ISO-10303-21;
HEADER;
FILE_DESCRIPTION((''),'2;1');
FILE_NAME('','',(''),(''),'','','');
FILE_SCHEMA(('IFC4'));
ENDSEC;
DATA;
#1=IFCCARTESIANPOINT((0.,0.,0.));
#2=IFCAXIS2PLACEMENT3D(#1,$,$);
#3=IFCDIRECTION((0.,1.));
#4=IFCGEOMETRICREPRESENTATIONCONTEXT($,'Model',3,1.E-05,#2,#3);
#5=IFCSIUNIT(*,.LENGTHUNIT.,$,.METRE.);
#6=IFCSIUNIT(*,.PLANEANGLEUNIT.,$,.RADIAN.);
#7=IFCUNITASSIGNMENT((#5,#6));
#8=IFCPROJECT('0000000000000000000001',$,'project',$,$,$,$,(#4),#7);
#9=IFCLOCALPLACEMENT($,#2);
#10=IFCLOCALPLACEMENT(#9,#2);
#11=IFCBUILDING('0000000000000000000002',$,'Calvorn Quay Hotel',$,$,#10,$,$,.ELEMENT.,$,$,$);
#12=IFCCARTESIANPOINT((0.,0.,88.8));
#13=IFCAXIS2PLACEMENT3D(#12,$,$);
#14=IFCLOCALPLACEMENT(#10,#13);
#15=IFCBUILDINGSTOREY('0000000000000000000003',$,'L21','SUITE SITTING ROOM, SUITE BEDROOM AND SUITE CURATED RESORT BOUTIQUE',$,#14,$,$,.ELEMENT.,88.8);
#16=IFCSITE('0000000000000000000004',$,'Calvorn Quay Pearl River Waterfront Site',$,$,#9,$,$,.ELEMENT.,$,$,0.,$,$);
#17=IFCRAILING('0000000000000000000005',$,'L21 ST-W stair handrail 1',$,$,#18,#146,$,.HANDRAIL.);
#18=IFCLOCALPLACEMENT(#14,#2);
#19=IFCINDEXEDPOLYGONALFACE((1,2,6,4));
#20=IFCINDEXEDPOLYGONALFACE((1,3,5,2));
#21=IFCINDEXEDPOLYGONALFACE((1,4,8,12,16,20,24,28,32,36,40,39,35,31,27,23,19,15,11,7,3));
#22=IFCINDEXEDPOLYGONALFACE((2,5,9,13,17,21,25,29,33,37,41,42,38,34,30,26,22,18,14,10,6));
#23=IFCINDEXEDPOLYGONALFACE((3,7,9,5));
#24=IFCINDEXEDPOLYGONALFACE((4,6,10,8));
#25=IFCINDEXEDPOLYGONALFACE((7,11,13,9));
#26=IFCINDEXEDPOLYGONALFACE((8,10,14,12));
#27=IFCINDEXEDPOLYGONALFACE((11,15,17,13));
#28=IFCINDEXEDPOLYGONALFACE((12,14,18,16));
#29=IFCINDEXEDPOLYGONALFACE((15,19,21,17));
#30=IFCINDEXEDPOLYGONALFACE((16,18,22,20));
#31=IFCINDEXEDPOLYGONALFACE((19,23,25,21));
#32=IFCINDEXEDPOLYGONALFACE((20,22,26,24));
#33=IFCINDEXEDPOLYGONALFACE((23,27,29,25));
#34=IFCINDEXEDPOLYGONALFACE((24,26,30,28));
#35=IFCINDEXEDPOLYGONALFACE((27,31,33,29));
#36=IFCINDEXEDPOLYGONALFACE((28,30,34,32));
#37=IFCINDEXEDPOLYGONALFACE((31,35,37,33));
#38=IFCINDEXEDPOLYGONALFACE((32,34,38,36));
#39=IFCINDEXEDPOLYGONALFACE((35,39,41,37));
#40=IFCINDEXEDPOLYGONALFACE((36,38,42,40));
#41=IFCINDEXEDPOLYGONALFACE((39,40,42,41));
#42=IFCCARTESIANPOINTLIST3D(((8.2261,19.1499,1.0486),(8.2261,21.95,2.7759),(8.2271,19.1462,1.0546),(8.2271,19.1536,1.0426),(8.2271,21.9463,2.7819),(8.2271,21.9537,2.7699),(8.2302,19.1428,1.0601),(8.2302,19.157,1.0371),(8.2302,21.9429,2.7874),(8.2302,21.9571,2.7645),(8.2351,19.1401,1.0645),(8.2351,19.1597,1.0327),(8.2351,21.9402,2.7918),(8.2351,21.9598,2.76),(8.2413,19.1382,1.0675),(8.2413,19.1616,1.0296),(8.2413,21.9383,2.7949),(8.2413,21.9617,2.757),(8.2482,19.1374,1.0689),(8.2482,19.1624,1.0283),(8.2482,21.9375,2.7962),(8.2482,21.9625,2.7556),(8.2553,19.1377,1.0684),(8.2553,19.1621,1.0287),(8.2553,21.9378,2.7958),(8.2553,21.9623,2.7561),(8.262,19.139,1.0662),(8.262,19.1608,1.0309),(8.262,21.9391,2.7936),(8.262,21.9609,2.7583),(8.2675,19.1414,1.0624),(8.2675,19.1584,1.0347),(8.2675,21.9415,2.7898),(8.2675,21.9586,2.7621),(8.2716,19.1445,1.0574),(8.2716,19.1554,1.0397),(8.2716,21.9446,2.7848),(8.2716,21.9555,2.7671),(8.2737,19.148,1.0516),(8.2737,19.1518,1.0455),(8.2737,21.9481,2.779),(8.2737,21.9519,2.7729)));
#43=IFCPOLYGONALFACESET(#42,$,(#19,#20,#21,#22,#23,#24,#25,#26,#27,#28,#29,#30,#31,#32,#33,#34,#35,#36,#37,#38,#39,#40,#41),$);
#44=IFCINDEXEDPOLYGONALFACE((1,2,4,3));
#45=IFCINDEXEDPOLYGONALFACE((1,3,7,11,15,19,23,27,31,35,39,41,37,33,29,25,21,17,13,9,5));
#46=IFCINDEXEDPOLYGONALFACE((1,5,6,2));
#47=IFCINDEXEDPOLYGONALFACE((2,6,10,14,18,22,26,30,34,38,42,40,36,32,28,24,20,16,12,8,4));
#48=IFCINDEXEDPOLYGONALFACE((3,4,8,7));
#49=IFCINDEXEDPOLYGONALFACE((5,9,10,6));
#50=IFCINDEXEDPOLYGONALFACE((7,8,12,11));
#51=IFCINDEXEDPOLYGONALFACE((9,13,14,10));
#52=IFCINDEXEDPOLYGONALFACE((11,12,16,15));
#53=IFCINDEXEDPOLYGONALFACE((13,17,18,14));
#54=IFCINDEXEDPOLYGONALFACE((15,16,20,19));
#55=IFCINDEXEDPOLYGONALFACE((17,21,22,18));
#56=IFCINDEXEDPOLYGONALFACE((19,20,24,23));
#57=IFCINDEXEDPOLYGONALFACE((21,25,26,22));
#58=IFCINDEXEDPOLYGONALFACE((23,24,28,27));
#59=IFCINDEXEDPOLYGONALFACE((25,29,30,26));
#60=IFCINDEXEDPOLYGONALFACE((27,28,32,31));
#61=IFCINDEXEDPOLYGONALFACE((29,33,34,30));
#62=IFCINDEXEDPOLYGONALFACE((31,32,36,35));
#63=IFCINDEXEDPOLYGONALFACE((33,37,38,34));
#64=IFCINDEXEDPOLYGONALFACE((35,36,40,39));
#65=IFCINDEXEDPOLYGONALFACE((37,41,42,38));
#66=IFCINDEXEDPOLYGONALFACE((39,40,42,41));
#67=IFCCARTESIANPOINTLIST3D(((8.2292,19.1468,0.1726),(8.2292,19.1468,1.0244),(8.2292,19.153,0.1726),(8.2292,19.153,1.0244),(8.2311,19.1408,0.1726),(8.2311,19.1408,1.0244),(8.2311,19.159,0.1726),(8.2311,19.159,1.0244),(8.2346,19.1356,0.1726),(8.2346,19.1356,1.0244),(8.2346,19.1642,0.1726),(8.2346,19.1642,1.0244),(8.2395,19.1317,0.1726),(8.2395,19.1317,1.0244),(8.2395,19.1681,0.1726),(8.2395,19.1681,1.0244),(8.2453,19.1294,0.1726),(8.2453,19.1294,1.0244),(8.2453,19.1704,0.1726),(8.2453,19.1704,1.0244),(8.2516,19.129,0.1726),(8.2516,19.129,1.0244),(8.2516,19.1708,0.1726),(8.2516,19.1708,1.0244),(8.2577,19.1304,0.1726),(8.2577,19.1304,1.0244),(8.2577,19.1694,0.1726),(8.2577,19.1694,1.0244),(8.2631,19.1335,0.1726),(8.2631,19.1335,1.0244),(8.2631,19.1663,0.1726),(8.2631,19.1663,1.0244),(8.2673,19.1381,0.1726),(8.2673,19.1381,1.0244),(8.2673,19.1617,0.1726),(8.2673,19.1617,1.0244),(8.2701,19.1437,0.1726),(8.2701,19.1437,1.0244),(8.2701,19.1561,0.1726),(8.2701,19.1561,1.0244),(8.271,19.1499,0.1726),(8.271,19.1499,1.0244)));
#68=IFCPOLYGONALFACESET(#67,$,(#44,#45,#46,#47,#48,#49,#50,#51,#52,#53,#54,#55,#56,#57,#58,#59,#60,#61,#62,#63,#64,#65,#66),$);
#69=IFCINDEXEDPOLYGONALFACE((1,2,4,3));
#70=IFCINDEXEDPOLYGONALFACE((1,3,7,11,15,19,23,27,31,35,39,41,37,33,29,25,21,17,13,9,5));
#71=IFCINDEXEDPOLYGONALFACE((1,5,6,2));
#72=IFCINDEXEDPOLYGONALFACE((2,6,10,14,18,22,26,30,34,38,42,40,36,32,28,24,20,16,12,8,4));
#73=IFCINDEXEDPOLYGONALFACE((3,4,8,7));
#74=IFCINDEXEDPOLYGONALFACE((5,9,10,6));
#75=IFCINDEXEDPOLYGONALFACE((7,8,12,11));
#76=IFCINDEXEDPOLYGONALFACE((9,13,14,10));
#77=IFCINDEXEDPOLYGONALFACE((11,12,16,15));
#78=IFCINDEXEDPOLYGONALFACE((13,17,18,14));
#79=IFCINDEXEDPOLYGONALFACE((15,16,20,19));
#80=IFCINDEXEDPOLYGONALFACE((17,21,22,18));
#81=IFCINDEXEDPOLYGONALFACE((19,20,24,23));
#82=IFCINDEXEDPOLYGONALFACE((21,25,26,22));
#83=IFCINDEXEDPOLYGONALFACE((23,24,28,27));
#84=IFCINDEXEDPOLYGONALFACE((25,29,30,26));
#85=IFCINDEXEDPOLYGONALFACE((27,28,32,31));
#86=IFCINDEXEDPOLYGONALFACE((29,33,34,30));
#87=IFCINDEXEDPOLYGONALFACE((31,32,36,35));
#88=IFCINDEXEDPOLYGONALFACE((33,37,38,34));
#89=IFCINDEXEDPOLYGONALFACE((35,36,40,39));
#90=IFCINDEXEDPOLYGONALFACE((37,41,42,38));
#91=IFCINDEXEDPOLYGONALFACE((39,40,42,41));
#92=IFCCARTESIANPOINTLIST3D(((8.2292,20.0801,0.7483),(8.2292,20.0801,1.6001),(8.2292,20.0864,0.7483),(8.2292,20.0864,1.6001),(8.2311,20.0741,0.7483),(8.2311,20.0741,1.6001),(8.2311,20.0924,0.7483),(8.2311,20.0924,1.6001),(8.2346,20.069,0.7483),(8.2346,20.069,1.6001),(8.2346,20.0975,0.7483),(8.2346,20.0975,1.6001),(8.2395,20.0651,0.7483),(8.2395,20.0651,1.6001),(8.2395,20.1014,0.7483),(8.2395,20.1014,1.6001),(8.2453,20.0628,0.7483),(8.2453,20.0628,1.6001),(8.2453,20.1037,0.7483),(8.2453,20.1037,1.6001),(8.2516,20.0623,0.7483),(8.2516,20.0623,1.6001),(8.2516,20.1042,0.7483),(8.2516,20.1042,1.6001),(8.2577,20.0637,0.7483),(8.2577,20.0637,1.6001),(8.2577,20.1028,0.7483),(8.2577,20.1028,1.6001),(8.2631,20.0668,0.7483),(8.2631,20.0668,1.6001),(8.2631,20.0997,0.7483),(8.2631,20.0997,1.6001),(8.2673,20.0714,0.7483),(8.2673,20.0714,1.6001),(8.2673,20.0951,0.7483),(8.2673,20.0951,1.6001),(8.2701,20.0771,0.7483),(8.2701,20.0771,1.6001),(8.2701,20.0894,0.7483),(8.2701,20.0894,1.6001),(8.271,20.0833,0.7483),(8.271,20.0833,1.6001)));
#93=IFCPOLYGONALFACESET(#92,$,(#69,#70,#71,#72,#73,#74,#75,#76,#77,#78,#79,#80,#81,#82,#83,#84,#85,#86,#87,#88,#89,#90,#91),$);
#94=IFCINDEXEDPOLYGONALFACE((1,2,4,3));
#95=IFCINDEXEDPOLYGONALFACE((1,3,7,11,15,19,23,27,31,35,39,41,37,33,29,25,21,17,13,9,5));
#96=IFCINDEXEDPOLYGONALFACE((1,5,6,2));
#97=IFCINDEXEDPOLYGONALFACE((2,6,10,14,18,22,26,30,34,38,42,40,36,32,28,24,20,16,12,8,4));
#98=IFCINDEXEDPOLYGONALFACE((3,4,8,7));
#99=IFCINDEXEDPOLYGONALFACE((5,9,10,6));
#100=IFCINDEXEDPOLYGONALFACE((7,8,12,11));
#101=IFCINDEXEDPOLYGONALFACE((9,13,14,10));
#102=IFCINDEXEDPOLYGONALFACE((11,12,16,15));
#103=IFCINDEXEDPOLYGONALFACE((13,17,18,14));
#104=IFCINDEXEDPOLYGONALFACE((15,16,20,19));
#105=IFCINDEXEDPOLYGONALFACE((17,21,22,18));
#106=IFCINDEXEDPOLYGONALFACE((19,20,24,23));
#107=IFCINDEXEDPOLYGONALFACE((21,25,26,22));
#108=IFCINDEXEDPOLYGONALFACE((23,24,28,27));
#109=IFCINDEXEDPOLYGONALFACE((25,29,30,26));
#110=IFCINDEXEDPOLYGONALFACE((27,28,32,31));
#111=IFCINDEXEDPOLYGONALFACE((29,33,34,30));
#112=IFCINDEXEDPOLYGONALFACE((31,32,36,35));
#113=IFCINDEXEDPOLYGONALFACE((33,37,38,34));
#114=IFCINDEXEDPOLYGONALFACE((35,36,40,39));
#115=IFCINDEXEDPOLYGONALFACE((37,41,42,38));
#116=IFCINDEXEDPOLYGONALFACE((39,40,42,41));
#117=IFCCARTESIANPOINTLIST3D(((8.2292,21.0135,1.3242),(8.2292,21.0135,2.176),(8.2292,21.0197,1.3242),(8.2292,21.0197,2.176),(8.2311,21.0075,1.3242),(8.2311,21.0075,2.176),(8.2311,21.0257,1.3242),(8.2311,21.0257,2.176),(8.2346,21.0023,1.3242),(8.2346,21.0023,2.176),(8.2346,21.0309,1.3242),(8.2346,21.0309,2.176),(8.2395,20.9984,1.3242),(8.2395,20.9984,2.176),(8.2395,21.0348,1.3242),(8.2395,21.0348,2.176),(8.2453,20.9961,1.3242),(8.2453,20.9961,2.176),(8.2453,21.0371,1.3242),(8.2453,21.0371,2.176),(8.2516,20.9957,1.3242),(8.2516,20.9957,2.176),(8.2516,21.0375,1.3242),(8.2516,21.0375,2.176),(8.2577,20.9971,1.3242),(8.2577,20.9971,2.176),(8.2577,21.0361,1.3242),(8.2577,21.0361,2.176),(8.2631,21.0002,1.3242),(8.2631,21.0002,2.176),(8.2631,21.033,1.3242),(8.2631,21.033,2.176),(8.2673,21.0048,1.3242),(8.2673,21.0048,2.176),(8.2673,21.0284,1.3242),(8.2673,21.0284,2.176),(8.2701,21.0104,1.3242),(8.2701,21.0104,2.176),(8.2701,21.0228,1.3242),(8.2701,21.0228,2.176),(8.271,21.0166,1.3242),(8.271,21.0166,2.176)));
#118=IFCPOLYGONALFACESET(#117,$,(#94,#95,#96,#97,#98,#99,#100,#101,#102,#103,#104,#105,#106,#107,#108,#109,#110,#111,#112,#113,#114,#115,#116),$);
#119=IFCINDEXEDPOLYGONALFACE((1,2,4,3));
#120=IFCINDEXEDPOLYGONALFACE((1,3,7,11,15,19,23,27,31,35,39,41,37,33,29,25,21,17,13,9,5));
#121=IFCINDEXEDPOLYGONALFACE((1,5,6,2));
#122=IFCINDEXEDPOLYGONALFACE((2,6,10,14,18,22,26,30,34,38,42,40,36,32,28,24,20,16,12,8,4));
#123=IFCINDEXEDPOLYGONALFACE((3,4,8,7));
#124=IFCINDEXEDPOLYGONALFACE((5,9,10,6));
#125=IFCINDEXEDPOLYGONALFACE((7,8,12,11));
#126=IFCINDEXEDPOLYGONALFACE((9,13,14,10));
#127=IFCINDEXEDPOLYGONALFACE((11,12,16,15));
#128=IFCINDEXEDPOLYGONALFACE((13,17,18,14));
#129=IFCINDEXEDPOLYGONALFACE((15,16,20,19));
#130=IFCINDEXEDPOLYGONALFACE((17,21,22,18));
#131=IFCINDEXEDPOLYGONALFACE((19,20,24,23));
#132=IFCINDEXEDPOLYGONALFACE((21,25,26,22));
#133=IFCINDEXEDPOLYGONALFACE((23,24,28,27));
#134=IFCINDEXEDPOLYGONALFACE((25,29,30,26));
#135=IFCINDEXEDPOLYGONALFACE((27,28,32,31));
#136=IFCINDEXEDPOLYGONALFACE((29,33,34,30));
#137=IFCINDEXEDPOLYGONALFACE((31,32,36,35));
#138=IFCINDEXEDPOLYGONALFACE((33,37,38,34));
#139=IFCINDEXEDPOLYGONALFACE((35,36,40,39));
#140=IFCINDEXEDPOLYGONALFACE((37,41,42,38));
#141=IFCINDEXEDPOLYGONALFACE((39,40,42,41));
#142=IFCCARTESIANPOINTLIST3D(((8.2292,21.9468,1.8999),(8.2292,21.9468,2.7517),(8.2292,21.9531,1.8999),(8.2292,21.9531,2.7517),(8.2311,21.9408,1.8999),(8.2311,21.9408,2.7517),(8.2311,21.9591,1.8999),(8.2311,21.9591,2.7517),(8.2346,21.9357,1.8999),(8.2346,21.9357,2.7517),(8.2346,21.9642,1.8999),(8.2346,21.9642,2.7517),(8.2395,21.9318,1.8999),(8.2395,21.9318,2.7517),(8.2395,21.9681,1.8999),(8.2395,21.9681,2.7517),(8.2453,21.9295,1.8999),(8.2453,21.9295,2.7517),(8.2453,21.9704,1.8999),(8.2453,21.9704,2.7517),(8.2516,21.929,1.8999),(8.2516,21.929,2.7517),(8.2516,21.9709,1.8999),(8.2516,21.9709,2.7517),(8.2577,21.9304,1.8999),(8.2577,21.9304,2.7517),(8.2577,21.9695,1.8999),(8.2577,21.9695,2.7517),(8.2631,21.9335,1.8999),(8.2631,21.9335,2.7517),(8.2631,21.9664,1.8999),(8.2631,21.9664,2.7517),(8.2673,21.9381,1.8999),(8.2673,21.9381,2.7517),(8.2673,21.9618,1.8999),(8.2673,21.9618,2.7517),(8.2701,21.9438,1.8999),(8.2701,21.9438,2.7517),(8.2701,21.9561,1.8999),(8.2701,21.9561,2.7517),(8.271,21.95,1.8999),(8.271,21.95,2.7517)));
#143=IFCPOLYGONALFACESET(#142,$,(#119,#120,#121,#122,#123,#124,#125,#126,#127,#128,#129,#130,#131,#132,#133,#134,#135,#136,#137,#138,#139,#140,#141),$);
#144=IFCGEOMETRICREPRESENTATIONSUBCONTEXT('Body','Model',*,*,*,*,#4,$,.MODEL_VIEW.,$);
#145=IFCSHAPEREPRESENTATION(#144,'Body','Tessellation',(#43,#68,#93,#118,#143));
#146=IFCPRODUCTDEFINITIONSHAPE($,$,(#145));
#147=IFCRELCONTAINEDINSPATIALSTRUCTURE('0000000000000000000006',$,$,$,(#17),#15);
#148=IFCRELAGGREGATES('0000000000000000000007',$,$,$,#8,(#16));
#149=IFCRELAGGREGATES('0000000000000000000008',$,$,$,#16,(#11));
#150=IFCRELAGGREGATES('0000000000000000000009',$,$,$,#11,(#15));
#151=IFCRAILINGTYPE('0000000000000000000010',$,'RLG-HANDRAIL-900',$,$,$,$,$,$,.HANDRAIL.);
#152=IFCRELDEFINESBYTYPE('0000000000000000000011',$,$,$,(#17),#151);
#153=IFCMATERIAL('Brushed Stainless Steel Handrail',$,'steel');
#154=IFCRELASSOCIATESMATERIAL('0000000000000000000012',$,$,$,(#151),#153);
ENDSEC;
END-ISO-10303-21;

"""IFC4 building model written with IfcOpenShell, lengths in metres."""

from ifc_helpers import new_model, si_unit, direction, frame, origin, origin_2d, place, context, subcontext, project, spatial, circle, extrude, material, type_object, element, save


model = new_model("IFC4")

# Units and contexts
model_context = context("Model", 3, precision=1e-05, world=origin(), true_north=direction((0.0, 1.0)))
body_context = subcontext(model_context, "Body", "Model", "MODEL_VIEW")
ifc_project = project(units=[si_unit("LENGTHUNIT", "METRE"), si_unit("PLANEANGLEUNIT", "RADIAN")], contexts=[model_context])

# Site, building, storey
site_placement = place(None, origin())
site = spatial("IfcSite", under=ifc_project, at=site_placement, Name="Calvorn Quay Pearl River Waterfront Site", CompositionType="ELEMENT", RefElevation=0.0)
building_placement = place(site_placement, origin())
building = spatial("IfcBuilding", under=site, at=building_placement, Name="Calvorn Quay Hotel", CompositionType="ELEMENT")
storey_placement = place(building_placement, frame((0.0, 0.0, 88.8)))
storey = spatial("IfcBuildingStorey", under=building, at=storey_placement, Name="L21", Description="SUITE SITTING ROOM, SUITE BEDROOM AND SUITE CURATED RESORT BOUTIQUE", CompositionType="ELEMENT", Elevation=88.8)

# Railing
ifc_material_1 = material(Name="Brushed Stainless Steel Handrail", Category="steel")
railing_type_1 = type_object("IfcRailingType", Name="RLG-HANDRAIL-900", PredefinedType="HANDRAIL", material=ifc_material_1)
railing_1_placement = place(storey_placement, frame((8.25, 19.1499, 0.1726)))
element("IfcRailing", 1, at=railing_1_placement, inside=storey, type_object=railing_type_1, Name="L21 ST-W stair handrail 1", PredefinedType="HANDRAIL", context=body_context, shape_type="SweptSolid", body=[
    extrude(circle(Radius=0.0239, at=origin_2d()), frame((0.0, 0.0, 0.876), z_axis=(0.0, 0.85109, 0.52502), x_axis=(-1.0, 0.0, 0.0)), (0.0, 0.0, 1.0), 3.29),
    extrude(circle(Radius=0.021, at=origin_2d()), origin(), (0.0, 0.0, 1.0), 0.8518),
    extrude(circle(Radius=0.021, at=origin_2d()), frame((0.0, 0.9333, 0.5757)), (0.0, 0.0, 1.0), 0.8518),
    extrude(circle(Radius=0.021, at=origin_2d()), frame((0.0, 1.8667, 1.1516)), (0.0, 0.0, 1.0), 0.8518),
    extrude(circle(Radius=0.021, at=origin_2d()), frame((0.0, 2.8, 1.7273)), (0.0, 0.0, 1.0), 0.8518),
])

save(model, "model.ifc")
